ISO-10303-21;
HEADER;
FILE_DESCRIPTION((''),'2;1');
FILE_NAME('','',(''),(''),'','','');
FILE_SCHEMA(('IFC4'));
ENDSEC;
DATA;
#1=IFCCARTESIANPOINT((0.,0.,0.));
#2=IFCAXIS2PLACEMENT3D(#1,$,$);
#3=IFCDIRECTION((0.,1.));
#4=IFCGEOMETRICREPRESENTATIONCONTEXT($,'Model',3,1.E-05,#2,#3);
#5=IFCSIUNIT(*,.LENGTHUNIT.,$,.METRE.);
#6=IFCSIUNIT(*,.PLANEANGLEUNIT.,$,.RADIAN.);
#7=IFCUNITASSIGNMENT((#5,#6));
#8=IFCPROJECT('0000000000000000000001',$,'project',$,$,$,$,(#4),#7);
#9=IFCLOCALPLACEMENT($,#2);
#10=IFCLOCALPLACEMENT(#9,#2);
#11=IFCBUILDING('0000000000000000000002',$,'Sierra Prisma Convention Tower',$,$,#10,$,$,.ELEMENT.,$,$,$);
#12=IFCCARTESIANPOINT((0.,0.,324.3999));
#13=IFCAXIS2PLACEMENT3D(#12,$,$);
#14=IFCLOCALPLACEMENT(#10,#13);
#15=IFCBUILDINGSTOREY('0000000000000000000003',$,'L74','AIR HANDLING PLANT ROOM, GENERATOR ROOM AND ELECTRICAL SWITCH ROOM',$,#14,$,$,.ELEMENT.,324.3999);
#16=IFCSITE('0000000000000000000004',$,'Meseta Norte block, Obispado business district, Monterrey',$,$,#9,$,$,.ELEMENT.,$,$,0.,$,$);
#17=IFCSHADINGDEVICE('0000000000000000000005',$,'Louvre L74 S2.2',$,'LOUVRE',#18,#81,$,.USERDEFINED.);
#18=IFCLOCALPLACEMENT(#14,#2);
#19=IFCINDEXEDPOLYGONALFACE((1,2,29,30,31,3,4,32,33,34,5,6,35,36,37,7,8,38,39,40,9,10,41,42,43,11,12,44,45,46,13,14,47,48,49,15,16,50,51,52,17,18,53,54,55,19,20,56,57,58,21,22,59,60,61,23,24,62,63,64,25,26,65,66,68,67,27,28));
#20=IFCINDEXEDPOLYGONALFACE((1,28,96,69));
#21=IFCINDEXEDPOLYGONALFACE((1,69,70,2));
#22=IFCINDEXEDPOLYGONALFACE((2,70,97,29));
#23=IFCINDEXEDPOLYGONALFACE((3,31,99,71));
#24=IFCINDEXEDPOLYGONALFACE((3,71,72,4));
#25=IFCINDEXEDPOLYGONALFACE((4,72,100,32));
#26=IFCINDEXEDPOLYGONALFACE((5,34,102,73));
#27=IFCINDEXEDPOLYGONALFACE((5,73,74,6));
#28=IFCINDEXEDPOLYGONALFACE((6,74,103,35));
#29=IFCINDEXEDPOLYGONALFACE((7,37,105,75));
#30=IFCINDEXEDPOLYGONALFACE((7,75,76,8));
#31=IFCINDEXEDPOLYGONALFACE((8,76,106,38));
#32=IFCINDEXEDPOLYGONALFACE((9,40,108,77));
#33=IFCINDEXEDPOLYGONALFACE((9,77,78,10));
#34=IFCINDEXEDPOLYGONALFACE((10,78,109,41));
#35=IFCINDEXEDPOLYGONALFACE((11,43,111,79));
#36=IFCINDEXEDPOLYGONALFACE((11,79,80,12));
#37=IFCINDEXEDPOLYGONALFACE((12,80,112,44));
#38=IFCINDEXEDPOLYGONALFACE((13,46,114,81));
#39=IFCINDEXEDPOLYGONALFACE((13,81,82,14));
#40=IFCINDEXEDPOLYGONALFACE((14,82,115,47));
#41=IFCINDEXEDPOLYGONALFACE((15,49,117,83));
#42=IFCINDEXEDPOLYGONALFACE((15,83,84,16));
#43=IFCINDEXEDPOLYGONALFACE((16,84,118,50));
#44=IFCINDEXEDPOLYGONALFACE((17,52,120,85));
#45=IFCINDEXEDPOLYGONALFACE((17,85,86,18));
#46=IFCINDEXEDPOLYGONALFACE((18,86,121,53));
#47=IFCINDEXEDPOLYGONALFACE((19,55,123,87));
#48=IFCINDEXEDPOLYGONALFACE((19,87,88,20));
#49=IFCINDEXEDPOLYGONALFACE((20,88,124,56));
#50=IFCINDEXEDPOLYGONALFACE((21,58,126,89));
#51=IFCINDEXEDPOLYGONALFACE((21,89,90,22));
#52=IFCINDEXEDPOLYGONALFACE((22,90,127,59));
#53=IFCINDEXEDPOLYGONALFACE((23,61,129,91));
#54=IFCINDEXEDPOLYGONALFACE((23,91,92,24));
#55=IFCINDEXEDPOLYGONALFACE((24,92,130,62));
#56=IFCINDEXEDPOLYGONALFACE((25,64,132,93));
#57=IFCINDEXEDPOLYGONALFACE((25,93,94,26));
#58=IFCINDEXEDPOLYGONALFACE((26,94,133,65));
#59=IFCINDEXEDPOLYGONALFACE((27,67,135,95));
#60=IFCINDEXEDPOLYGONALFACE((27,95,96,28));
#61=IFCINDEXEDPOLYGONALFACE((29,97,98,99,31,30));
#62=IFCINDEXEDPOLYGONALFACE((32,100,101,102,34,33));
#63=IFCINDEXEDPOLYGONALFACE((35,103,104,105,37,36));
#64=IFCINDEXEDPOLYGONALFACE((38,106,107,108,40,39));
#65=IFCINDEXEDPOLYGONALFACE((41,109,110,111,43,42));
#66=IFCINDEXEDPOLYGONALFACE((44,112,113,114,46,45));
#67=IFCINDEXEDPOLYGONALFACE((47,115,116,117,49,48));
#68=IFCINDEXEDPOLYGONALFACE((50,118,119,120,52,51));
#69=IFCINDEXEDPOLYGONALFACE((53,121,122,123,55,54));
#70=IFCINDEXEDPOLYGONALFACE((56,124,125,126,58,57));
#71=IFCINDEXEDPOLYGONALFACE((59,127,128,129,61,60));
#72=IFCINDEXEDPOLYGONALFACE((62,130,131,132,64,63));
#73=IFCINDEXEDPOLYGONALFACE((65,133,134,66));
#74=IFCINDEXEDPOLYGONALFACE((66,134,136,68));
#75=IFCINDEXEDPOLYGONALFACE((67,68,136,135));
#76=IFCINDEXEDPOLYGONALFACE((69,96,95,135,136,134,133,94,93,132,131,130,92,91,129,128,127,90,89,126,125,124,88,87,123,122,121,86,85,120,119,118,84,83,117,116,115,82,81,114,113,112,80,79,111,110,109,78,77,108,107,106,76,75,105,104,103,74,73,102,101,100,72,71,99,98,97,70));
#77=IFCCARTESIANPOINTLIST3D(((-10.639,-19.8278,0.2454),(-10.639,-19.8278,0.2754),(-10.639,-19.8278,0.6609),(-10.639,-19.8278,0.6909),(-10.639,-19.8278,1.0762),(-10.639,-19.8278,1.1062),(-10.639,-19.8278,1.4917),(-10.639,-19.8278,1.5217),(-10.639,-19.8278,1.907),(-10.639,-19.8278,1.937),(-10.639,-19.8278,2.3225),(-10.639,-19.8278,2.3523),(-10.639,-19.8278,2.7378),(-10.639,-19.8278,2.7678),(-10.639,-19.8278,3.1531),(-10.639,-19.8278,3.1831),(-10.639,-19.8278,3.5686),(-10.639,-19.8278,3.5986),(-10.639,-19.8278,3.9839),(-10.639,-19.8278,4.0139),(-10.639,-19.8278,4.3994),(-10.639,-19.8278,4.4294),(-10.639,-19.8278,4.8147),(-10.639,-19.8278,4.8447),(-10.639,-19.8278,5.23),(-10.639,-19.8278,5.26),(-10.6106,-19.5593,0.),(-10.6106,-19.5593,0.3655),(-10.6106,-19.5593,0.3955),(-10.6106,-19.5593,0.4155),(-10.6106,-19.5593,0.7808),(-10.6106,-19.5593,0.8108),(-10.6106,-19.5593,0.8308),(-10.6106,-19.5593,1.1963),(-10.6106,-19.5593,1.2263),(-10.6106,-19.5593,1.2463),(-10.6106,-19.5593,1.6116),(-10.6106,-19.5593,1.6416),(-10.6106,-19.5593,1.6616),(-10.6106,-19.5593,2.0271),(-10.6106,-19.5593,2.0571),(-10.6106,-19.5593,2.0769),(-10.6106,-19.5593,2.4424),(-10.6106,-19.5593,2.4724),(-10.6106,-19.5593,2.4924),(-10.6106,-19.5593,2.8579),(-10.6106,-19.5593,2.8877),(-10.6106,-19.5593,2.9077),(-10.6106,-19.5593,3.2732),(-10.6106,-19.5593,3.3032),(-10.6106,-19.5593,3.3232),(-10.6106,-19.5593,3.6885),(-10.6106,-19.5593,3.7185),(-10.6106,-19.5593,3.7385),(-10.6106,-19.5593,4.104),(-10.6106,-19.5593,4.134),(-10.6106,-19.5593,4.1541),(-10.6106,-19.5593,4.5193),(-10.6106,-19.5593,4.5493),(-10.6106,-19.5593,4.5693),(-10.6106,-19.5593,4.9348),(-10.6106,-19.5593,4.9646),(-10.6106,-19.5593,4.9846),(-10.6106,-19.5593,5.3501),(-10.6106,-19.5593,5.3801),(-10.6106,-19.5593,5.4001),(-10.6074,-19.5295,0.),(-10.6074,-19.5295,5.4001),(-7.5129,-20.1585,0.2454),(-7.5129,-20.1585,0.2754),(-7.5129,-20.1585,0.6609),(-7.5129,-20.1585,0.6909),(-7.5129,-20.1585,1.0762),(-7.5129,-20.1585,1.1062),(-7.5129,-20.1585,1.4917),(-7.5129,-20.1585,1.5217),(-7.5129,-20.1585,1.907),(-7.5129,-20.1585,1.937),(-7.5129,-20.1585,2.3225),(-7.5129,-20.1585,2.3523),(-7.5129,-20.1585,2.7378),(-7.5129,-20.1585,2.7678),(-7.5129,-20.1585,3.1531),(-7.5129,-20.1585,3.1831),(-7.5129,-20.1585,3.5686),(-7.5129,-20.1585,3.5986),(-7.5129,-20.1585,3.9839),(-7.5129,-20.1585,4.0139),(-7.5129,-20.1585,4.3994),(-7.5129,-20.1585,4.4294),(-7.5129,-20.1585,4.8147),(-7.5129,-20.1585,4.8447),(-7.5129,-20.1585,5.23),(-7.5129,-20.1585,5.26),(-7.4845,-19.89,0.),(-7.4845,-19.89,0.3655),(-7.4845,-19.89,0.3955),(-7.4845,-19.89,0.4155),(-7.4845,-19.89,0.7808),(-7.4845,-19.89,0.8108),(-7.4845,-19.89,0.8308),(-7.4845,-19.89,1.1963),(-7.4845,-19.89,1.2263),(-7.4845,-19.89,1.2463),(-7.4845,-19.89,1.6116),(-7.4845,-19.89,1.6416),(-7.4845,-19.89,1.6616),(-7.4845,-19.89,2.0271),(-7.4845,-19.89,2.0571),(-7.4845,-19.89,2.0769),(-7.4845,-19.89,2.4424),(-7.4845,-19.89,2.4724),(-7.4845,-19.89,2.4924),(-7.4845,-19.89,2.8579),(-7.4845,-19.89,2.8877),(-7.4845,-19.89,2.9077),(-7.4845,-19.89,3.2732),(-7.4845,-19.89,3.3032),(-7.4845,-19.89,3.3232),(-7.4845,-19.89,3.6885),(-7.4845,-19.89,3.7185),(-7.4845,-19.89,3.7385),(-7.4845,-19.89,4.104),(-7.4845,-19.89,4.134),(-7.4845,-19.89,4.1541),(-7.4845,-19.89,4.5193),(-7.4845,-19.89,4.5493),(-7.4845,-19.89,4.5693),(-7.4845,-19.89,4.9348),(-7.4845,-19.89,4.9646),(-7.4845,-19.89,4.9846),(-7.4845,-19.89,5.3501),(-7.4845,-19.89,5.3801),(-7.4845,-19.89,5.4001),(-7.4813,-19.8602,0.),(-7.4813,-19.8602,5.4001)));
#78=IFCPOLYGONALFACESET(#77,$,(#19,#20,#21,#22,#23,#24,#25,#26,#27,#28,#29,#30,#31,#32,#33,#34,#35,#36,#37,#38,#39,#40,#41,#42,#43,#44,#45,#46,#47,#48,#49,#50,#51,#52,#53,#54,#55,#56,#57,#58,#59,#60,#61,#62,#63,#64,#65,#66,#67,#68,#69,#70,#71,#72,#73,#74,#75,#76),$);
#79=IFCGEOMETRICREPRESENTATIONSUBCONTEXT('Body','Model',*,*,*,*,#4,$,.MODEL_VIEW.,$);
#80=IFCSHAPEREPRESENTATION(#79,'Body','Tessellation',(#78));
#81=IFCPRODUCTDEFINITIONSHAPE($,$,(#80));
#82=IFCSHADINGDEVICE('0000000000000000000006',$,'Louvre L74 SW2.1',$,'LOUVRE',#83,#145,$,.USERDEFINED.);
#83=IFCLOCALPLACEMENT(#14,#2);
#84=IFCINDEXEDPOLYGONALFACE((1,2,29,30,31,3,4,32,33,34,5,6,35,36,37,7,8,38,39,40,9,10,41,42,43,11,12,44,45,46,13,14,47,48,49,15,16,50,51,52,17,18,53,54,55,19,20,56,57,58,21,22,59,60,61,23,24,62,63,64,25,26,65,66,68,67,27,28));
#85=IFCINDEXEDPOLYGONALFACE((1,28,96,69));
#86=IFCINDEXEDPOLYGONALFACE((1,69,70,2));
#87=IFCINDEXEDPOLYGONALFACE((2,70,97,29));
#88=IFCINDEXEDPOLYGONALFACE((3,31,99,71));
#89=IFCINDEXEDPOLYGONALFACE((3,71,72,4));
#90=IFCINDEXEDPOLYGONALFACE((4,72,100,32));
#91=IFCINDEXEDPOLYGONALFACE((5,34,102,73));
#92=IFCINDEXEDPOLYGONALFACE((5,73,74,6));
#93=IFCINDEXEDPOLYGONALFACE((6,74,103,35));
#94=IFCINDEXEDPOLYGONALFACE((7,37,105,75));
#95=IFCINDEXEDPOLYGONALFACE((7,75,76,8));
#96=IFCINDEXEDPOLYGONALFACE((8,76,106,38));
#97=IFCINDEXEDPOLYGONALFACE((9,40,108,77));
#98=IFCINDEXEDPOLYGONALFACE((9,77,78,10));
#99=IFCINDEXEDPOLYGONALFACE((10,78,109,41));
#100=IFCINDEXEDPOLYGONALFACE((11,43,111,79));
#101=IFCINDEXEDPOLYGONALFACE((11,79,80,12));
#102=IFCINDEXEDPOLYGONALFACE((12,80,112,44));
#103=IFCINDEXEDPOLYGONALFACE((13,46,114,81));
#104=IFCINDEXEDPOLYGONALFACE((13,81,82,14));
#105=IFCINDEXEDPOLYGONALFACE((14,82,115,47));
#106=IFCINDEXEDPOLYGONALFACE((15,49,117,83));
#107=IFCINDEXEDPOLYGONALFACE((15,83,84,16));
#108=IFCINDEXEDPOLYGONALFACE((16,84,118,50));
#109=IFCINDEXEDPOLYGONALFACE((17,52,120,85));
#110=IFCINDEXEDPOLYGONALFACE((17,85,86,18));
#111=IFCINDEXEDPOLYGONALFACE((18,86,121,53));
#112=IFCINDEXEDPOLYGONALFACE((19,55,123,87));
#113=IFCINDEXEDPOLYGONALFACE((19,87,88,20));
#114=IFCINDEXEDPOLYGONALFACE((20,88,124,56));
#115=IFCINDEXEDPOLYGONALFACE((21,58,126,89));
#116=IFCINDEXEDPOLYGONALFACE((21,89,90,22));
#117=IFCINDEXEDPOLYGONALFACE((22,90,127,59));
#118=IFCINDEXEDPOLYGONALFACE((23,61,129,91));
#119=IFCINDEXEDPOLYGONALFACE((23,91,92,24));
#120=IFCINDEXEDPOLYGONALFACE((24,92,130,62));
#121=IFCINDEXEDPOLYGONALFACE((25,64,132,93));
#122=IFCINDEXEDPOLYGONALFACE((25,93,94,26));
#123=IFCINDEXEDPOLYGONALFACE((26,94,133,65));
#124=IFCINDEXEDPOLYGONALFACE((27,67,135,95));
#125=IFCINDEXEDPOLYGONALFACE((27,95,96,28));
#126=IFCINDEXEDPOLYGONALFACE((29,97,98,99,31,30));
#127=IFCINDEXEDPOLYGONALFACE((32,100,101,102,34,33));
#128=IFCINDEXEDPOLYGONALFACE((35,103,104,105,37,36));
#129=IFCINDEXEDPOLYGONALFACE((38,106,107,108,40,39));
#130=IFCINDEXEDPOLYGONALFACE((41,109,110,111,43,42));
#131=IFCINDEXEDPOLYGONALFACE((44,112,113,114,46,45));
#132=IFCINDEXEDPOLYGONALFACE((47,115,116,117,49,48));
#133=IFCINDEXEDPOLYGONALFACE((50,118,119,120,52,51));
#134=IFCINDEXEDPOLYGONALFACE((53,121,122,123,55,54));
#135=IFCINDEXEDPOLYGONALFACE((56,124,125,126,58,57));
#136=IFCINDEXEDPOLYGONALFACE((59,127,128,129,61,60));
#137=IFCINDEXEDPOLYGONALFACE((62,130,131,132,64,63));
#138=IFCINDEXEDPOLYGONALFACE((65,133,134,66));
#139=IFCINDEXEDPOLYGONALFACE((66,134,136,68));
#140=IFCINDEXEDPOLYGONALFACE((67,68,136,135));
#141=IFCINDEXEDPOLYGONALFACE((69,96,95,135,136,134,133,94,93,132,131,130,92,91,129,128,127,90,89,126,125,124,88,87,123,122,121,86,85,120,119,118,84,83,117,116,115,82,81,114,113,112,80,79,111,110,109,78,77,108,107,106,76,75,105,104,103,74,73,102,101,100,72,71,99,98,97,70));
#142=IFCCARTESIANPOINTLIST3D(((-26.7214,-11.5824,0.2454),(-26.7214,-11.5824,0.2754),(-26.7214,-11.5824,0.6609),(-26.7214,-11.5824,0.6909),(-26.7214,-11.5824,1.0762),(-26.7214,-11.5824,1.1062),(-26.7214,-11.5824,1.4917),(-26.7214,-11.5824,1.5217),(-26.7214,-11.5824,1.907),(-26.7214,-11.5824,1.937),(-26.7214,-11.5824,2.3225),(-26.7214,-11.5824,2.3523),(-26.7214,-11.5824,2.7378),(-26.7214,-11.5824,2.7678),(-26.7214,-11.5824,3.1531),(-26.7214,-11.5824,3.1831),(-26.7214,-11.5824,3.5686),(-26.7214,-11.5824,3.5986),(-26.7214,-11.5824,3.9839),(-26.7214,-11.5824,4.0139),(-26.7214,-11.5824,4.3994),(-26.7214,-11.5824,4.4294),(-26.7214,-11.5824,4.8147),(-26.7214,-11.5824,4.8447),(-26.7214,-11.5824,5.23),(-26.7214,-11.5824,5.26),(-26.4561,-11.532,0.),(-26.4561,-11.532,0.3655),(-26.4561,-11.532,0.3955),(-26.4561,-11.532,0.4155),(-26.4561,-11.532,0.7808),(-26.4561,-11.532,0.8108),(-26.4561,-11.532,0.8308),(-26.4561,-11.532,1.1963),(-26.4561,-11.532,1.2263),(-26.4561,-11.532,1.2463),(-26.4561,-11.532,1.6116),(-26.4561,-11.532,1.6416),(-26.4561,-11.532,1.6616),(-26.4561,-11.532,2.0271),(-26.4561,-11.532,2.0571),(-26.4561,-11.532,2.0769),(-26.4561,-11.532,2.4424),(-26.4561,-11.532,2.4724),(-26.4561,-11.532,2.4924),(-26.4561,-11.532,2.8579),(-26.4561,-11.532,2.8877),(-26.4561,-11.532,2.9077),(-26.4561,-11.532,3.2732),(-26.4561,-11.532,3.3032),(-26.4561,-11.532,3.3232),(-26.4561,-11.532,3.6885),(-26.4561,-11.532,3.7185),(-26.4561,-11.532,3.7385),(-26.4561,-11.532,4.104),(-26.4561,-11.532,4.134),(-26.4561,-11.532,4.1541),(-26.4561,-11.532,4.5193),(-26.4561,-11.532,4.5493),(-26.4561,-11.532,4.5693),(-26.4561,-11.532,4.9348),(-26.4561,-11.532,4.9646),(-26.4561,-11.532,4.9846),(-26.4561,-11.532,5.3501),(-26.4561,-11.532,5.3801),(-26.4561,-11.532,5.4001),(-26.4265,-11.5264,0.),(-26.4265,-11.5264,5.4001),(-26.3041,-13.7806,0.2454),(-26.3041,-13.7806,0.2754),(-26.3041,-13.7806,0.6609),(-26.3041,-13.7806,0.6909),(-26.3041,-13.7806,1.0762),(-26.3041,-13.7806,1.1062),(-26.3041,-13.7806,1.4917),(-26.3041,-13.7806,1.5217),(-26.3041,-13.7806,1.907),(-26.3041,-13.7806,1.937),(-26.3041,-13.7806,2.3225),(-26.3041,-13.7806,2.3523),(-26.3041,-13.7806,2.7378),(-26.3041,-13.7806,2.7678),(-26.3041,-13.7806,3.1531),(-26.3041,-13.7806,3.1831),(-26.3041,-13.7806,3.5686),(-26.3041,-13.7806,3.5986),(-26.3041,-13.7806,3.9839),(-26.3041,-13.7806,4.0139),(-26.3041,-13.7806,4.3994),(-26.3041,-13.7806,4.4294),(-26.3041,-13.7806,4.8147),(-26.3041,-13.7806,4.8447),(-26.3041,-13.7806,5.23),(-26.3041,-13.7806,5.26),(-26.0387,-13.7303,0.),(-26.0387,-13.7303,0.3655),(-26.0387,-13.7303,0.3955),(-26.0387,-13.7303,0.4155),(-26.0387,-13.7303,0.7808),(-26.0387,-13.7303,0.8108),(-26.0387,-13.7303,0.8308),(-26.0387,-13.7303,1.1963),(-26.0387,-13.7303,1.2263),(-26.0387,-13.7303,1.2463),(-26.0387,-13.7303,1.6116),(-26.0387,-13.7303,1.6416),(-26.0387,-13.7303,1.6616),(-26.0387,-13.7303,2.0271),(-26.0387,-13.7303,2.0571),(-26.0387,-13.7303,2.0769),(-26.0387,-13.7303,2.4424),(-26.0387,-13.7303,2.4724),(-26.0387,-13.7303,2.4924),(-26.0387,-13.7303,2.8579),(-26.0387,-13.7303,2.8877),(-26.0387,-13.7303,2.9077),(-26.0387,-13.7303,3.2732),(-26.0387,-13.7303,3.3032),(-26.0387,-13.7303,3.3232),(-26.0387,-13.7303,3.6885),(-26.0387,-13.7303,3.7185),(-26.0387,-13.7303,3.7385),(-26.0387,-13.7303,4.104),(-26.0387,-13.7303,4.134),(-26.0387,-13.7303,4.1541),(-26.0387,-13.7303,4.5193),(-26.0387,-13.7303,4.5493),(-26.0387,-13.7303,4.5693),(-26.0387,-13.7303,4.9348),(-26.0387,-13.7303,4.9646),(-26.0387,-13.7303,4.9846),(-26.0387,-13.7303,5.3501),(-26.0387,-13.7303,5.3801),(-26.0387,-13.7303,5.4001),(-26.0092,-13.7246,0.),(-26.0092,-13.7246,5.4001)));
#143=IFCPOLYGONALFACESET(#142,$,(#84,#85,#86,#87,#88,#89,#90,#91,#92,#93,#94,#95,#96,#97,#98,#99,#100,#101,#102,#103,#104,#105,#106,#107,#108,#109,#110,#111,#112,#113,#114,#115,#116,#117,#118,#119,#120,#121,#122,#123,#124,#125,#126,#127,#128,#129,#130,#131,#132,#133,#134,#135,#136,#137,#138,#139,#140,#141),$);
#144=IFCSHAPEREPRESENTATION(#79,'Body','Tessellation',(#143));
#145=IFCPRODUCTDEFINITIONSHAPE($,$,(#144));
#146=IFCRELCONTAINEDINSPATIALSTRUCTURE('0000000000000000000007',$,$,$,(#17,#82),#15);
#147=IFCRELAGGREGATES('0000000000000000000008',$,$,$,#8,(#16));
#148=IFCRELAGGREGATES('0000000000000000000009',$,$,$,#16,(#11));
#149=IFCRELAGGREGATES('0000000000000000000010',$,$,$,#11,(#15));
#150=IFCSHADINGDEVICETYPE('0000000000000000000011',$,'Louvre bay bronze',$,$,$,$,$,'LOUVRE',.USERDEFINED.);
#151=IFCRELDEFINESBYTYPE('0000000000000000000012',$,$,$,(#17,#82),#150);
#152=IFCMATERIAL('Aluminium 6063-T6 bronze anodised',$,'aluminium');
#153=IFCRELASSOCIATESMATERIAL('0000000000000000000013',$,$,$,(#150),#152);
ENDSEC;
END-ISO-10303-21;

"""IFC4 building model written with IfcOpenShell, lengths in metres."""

from ifc_helpers import new_model, si_unit, direction, frame, origin, place, context, subcontext, project, spatial, polyline, outline, extrude, material, type_object, element, save


model = new_model("IFC4")

# Units and contexts
model_context = context("Model", 3, precision=1e-05, world=origin(), true_north=direction((0.0, 1.0)))
body_context = subcontext(model_context, "Body", "Model", "MODEL_VIEW")
ifc_project = project(units=[si_unit("LENGTHUNIT", "METRE"), si_unit("PLANEANGLEUNIT", "RADIAN")], contexts=[model_context])

# Site, building, storey
site_placement = place(None, origin())
site = spatial("IfcSite", under=ifc_project, at=site_placement, Name="Meseta Norte block, Obispado business district, Monterrey", CompositionType="ELEMENT", RefElevation=0.0)
building_placement = place(site_placement, origin())
building = spatial("IfcBuilding", under=site, at=building_placement, Name="Sierra Prisma Convention Tower", CompositionType="ELEMENT")
storey_placement = place(building_placement, frame((0.0, 0.0, 324.3999)))
storey = spatial("IfcBuildingStorey", under=building, at=storey_placement, Name="L74", Description="AIR HANDLING PLANT ROOM, GENERATOR ROOM AND ELECTRICAL SWITCH ROOM", CompositionType="ELEMENT", Elevation=324.3999)

# Shading devices
ifc_material_1 = material(Name="Aluminium 6063-T6 bronze anodised", Category="aluminium")
shading_device_type = type_object("IfcShadingDeviceType", Name="Louvre bay bronze", ElementType="LOUVRE", PredefinedType="USERDEFINED", material=ifc_material_1)
shading_device_1_placement = place(storey_placement, frame((-10.6074, -19.5295, 0.0), z_axis=(-0.994453, 0.105177, 0.0), x_axis=(0.0, 0.0, 1.0)))
element("IfcShadingDevice", 1, at=shading_device_1_placement, inside=storey, type_object=shading_device_type, Name="Louvre L74 S2.2", ObjectType="LOUVRE", PredefinedType="USERDEFINED", context=body_context, shape_type="SweptSolid", body=[
    extrude(outline(polyline([(0.0, 0.0), (5.4001, 0.0), (5.4001, -0.03), (5.3801, -0.03), (5.26, -0.3), (5.23, -0.3), (5.3501, -0.03), (4.9846, -0.03), (4.9646, -0.03), (4.8447, -0.3), (4.8147, -0.3), (4.9348, -0.03), (4.5693, -0.03), (4.5493, -0.03), (4.4294, -0.3), (4.3994, -0.3), (4.5193, -0.03), (4.1541, -0.03), (4.134, -0.03), (4.0139, -0.3), (3.9839, -0.3), (4.104, -0.03), (3.7385, -0.03), (3.7185, -0.03), (3.5986, -0.3), (3.5686, -0.3), (3.6885, -0.03), (3.3232, -0.03), (3.3032, -0.03), (3.1831, -0.3), (3.1531, -0.3), (3.2732, -0.03), (2.9077, -0.03), (2.8877, -0.03), (2.7678, -0.3), (2.7378, -0.3), (2.8579, -0.03), (2.4924, -0.03), (2.4724, -0.03), (2.3523, -0.3), (2.3225, -0.3), (2.4424, -0.03), (2.0769, -0.03), (2.0571, -0.03), (1.937, -0.3), (1.907, -0.3), (2.0271, -0.03), (1.6616, -0.03), (1.6416, -0.03), (1.5217, -0.3), (1.4917, -0.3), (1.6116, -0.03), (1.2463, -0.03), (1.2263, -0.03), (1.1062, -0.3), (1.0762, -0.3), (1.1963, -0.03), (0.8308, -0.03), (0.8108, -0.03), (0.6909, -0.3), (0.6609, -0.3), (0.7808, -0.03), (0.4155, -0.03), (0.3955, -0.03), (0.2754, -0.3), (0.2454, -0.3), (0.3655, -0.03), (0.0, -0.03), (0.0, 0.0)])), origin(), (0.0, 0.0, -1.0), 3.1436),
])
shading_device_2_placement = place(storey_placement, frame((-26.4265, -11.5264, 0.0), z_axis=(-0.186526, 0.98245, 0.0), x_axis=(0.0, 0.0, 1.0)))
element("IfcShadingDevice", 2, at=shading_device_2_placement, inside=storey, type_object=shading_device_type, Name="Louvre L74 SW2.1", ObjectType="LOUVRE", PredefinedType="USERDEFINED", context=body_context, shape_type="SweptSolid", body=[
    extrude(outline(polyline([(0.0, 0.0), (5.4001, 0.0), (5.4001, -0.0301), (5.3801, -0.0301), (5.26, -0.3002), (5.23, -0.3002), (5.3501, -0.0301), (4.9846, -0.0301), (4.9646, -0.0301), (4.8447, -0.3002), (4.8147, -0.3002), (4.9348, -0.0301), (4.5693, -0.0301), (4.5493, -0.0301), (4.4294, -0.3002), (4.3994, -0.3002), (4.5193, -0.0301), (4.1541, -0.0301), (4.134, -0.0301), (4.0139, -0.3002), (3.9839, -0.3002), (4.104, -0.0301), (3.7385, -0.0301), (3.7185, -0.0301), (3.5986, -0.3002), (3.5686, -0.3002), (3.6885, -0.0301), (3.3232, -0.0301), (3.3032, -0.0301), (3.1831, -0.3002), (3.1531, -0.3002), (3.2732, -0.0301), (2.9077, -0.0301), (2.8877, -0.0301), (2.7678, -0.3002), (2.7378, -0.3002), (2.8579, -0.0301), (2.4924, -0.0301), (2.4724, -0.0301), (2.3523, -0.3002), (2.3225, -0.3002), (2.4424, -0.0301), (2.0769, -0.0301), (2.0571, -0.0301), (1.937, -0.3002), (1.907, -0.3002), (2.0271, -0.0301), (1.6616, -0.0301), (1.6416, -0.0301), (1.5217, -0.3002), (1.4917, -0.3002), (1.6116, -0.0301), (1.2463, -0.0301), (1.2263, -0.0301), (1.1062, -0.3002), (1.0762, -0.3002), (1.1963, -0.0301), (0.8308, -0.0301), (0.8108, -0.0301), (0.6909, -0.3002), (0.6609, -0.3002), (0.7808, -0.0301), (0.4155, -0.0301), (0.3955, -0.0301), (0.2754, -0.3002), (0.2454, -0.3002), (0.3655, -0.0301), (0.0, -0.0301), (0.0, 0.0)])), origin(), (0.0, 0.0, -1.0), 2.2375),
])

save(model, "model.ifc")
